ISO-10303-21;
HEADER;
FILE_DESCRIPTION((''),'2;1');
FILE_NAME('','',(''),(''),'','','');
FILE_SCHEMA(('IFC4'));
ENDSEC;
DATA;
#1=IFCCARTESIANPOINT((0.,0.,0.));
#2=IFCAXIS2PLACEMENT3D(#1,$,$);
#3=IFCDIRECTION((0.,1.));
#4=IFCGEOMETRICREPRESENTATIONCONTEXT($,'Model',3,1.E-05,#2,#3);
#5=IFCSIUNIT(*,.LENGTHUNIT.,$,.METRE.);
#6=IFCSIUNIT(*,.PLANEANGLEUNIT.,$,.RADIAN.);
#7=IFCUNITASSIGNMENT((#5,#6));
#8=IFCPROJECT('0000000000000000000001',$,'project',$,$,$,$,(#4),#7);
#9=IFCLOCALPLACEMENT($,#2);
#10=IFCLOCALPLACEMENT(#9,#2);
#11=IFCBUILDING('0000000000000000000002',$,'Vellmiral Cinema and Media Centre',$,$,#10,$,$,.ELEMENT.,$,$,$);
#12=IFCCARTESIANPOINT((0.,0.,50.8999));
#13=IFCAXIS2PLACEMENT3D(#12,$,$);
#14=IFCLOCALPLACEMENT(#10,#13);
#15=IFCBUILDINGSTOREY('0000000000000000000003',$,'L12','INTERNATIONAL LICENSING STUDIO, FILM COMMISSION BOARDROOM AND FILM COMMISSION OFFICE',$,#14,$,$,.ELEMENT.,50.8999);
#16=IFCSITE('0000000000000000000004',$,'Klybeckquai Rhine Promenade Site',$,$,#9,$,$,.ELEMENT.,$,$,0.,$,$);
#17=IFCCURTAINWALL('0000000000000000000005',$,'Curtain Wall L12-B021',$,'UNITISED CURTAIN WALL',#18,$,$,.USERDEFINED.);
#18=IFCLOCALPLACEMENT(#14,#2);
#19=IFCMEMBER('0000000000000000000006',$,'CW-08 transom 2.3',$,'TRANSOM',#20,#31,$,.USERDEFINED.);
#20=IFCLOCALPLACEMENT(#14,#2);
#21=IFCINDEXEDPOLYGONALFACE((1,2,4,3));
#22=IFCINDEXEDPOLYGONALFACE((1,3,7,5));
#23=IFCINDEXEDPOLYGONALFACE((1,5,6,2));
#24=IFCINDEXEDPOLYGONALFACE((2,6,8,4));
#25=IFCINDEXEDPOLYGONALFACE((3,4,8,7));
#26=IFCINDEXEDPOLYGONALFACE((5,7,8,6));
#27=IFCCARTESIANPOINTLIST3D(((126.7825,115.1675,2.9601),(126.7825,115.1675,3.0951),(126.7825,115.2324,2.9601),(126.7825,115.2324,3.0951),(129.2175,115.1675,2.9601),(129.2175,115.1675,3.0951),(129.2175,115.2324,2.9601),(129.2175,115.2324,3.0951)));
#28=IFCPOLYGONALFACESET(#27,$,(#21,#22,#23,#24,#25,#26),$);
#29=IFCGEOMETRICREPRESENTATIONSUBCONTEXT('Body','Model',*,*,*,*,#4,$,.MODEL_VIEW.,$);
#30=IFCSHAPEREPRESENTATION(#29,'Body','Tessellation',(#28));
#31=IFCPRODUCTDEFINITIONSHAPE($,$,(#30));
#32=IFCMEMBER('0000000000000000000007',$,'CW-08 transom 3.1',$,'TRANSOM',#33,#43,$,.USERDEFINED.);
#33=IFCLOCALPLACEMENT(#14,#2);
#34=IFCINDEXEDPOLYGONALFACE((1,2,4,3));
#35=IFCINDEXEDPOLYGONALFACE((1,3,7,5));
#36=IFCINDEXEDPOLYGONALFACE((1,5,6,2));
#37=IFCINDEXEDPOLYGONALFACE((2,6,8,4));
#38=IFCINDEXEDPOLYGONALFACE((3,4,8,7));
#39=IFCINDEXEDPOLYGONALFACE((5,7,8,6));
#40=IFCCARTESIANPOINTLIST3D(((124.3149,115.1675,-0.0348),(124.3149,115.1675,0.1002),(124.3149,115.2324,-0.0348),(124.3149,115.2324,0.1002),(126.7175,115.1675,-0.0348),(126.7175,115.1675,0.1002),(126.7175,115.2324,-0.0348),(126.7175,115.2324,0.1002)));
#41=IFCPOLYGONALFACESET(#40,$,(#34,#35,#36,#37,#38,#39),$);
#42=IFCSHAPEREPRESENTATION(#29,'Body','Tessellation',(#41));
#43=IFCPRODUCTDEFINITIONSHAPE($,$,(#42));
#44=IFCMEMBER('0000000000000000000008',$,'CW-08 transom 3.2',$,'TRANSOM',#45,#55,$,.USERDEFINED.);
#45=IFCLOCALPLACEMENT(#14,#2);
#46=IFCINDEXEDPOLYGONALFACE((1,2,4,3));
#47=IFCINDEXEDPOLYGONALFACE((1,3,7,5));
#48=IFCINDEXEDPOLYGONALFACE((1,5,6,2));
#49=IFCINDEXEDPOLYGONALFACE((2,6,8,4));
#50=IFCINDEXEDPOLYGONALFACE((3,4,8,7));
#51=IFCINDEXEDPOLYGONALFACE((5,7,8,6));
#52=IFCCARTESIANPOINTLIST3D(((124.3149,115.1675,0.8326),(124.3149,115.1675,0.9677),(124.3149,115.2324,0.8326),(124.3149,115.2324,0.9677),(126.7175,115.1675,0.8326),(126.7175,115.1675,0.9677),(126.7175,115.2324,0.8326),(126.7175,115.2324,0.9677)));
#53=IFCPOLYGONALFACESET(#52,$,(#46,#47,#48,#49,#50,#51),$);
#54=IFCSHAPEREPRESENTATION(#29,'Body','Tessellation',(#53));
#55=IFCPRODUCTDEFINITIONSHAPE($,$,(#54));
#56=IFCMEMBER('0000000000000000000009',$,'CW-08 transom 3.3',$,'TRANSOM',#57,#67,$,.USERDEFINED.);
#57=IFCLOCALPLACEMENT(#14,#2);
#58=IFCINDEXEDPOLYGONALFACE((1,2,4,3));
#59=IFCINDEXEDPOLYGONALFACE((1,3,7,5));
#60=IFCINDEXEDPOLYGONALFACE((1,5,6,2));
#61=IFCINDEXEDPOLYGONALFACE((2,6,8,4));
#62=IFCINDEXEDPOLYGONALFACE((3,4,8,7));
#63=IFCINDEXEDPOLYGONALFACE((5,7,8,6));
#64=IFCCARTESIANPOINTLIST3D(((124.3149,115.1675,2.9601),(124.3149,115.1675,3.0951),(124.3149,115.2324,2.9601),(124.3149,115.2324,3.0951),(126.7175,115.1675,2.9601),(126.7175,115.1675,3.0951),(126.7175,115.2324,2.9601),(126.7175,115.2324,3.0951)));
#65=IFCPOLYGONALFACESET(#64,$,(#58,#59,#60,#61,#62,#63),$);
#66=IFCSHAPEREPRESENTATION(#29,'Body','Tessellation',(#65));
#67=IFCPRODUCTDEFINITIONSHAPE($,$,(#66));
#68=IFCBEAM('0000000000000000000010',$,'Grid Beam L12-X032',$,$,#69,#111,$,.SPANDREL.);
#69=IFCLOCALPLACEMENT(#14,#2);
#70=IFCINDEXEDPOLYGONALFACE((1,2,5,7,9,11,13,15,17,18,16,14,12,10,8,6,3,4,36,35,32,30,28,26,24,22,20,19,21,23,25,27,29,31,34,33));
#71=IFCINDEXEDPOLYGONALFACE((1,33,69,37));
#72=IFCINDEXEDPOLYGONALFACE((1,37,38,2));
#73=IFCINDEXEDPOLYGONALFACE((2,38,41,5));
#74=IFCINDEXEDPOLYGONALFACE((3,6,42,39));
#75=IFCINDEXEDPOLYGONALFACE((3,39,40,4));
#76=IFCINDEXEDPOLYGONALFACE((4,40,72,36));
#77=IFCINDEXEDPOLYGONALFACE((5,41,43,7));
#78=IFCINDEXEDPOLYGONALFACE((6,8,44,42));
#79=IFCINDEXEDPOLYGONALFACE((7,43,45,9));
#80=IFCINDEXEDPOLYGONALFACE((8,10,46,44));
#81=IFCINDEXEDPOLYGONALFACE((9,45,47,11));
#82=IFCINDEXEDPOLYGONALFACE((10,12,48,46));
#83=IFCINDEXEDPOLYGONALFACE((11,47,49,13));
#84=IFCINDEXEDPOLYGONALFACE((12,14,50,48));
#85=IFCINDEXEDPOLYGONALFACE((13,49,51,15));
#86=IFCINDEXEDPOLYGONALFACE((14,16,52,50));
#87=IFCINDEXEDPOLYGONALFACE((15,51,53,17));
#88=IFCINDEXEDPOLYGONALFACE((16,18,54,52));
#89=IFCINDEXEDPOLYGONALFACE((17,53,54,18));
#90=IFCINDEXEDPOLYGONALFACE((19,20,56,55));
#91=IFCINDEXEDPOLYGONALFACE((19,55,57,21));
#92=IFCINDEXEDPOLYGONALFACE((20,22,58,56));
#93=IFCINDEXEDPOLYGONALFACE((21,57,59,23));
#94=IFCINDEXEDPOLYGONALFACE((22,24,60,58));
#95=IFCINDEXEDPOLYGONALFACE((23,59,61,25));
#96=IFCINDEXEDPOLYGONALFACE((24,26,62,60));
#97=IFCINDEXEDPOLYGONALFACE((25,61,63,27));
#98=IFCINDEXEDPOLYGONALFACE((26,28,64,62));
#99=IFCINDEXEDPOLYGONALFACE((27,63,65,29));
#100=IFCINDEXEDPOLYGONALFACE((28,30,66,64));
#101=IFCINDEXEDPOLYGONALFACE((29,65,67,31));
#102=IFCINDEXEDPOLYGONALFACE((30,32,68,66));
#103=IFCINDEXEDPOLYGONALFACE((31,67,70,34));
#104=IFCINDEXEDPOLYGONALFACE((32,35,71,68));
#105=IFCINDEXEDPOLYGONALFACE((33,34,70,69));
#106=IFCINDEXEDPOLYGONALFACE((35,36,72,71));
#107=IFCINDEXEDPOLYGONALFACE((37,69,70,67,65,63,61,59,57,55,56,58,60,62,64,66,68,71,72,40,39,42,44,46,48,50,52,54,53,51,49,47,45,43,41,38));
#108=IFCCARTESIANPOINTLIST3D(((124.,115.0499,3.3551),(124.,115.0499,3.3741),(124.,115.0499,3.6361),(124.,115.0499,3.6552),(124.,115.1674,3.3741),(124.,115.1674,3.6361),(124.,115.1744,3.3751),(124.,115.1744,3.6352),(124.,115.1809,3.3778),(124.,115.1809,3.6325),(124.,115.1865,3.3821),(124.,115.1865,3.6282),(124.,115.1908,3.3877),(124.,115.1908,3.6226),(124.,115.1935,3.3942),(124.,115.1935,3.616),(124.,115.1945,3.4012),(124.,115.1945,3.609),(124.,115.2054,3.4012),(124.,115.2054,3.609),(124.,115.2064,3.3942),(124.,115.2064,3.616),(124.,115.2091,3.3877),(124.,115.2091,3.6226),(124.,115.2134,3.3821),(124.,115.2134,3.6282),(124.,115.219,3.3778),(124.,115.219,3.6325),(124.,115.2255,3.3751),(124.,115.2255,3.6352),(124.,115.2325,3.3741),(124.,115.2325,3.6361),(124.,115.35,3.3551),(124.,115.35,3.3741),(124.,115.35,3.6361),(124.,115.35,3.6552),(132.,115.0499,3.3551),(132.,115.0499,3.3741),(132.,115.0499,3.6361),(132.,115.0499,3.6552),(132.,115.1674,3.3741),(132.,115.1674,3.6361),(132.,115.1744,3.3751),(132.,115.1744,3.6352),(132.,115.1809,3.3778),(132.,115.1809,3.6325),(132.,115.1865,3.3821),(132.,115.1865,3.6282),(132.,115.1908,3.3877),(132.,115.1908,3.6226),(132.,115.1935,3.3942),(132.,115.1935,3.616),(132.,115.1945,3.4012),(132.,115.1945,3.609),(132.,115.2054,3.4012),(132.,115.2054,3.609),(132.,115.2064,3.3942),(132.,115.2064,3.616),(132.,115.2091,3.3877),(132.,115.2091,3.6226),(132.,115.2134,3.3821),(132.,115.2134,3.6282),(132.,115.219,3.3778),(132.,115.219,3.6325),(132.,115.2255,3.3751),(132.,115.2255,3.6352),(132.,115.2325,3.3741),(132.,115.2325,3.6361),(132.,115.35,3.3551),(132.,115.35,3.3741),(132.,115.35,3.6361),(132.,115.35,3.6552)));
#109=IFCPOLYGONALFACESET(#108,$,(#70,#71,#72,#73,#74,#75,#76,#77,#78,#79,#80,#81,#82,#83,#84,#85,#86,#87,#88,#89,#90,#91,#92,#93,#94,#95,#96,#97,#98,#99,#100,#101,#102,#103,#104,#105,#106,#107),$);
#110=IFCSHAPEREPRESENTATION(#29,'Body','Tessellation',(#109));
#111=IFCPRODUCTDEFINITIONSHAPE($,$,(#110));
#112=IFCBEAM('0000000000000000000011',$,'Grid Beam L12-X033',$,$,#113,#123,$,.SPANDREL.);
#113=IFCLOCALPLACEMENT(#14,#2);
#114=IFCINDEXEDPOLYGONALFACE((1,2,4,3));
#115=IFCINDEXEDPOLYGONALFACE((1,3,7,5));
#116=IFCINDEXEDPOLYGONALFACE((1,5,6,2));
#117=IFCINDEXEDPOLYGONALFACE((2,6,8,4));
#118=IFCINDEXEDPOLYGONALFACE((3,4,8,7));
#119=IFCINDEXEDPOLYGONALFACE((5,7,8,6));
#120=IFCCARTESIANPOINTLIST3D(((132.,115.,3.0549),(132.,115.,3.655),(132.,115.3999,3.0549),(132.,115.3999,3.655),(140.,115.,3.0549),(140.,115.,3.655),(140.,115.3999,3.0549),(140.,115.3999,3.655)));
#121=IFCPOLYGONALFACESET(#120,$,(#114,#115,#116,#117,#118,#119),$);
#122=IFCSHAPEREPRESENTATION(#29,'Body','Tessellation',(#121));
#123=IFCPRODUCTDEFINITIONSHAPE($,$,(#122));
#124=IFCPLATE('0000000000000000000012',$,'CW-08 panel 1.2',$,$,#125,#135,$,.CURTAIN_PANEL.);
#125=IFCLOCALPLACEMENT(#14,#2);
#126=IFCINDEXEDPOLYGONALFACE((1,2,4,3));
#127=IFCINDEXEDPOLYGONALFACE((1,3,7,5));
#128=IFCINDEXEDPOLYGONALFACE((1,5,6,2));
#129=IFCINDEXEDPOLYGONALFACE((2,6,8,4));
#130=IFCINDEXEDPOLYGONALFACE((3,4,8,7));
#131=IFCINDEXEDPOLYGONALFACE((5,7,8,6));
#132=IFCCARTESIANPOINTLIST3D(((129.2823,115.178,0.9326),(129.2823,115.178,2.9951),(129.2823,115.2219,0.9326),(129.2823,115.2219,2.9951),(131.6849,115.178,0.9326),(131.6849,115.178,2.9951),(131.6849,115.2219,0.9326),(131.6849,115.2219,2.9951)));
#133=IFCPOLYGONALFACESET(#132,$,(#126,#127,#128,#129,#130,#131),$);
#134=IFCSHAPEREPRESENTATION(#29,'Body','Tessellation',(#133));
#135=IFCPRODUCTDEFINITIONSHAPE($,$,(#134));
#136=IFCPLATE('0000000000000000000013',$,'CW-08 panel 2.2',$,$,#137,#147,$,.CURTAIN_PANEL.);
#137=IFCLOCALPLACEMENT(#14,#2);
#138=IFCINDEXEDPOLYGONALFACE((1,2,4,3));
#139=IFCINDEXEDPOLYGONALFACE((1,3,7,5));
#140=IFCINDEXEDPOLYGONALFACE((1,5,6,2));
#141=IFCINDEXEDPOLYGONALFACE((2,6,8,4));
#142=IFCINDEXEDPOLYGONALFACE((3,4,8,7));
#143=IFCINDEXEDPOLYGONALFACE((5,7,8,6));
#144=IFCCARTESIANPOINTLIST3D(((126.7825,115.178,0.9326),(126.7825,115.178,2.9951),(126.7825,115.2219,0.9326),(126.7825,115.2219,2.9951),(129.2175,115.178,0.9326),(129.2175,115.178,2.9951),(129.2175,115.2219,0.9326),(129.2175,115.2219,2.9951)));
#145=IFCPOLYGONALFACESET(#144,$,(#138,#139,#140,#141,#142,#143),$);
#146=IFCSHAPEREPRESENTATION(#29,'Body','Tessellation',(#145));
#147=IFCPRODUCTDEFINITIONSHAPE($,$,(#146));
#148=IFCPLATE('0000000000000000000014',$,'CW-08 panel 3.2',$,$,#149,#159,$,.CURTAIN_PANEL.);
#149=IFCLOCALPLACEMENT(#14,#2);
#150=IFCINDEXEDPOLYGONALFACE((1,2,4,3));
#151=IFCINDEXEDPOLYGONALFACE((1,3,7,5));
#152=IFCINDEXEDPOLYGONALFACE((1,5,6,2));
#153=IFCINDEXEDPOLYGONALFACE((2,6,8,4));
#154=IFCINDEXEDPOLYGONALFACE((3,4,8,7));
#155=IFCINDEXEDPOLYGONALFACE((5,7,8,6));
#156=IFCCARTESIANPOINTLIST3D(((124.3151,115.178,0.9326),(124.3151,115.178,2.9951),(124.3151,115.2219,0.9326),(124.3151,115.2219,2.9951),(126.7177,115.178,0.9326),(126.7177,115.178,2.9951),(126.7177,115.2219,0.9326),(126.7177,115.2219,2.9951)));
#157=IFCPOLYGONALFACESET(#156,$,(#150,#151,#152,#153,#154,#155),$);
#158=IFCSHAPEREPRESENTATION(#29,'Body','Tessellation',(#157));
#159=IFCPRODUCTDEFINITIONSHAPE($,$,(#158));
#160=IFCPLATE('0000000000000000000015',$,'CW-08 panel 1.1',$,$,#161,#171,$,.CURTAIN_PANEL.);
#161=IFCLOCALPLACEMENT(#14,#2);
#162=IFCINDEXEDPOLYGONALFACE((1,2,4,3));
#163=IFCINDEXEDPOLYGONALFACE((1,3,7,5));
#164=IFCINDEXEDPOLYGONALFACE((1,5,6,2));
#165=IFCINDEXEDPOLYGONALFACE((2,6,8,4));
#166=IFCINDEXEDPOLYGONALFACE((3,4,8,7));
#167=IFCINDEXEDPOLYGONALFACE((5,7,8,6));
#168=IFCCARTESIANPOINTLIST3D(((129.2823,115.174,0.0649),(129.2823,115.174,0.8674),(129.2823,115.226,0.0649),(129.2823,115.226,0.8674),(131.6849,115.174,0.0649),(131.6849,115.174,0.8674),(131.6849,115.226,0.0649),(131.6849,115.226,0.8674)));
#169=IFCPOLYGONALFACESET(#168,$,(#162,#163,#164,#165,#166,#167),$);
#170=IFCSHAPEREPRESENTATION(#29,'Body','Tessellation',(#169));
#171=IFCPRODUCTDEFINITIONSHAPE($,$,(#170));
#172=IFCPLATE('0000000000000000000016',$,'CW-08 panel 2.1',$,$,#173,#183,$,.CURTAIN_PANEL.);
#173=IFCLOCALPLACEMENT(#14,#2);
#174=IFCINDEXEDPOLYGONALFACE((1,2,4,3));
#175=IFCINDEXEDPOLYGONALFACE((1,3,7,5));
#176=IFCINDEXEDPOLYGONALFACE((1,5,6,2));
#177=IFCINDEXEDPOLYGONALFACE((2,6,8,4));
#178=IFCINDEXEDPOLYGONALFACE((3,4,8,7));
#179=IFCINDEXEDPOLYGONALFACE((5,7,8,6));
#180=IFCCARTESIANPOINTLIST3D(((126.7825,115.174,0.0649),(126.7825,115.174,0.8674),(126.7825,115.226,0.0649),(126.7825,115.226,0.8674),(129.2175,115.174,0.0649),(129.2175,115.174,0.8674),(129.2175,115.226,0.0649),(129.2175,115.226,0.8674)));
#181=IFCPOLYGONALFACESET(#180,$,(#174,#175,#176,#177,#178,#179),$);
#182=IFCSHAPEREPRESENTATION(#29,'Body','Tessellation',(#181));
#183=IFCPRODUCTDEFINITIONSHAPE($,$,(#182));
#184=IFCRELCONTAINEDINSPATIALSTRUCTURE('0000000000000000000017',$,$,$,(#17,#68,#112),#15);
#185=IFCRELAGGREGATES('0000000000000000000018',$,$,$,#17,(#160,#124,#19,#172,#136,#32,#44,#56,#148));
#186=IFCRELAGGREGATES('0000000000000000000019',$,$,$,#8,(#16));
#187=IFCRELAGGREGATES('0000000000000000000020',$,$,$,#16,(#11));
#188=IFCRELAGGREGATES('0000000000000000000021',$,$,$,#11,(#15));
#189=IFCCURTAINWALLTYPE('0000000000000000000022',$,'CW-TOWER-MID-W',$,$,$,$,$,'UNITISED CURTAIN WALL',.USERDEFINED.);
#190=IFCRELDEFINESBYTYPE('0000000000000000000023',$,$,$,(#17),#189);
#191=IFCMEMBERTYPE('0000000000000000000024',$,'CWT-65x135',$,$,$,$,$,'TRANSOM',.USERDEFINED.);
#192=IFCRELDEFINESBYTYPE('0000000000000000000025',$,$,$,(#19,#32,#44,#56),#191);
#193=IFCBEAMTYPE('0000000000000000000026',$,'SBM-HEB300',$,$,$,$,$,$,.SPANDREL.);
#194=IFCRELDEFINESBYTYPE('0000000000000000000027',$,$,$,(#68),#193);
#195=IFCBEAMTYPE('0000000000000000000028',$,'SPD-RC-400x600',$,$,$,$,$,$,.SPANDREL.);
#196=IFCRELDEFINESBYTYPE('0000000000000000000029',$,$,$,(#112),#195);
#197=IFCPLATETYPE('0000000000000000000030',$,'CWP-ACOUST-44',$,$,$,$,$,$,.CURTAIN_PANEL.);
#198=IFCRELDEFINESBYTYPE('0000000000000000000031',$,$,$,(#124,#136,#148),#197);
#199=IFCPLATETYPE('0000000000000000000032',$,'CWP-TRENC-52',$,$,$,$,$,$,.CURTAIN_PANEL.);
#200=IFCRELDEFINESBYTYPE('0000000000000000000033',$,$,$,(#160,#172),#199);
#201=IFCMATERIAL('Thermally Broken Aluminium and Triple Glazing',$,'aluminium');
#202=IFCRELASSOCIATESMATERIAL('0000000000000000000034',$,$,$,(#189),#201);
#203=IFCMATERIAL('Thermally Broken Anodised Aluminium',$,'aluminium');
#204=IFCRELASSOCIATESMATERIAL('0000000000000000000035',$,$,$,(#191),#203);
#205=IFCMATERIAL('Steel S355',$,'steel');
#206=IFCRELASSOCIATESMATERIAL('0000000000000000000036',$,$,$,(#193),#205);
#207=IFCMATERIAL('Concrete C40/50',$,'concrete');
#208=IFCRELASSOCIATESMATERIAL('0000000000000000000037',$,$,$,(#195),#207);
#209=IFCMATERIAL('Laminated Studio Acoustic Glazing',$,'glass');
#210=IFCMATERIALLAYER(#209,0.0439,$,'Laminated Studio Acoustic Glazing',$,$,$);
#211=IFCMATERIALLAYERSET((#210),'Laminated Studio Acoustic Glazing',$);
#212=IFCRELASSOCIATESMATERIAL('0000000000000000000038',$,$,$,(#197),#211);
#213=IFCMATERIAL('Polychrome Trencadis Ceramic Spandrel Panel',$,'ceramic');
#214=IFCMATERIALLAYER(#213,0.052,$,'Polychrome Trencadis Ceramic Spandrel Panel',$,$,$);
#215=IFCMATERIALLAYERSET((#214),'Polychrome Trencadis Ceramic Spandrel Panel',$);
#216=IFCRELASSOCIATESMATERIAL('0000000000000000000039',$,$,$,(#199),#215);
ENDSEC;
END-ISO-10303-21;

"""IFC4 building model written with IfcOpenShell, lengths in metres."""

from ifc_helpers import new_model, si_unit, direction, frame, origin, origin_2d, place, context, subcontext, project, spatial, rectangle, i_section, extrude, material, layer, layer_set, material_profile, profile_set, type_object, element, aggregate, save


model = new_model("IFC4")

# Units and contexts
model_context = context("Model", 3, precision=1e-05, world=origin(), true_north=direction((0.0, 1.0)))
body_context = subcontext(model_context, "Body", "Model", "MODEL_VIEW")
ifc_project = project(units=[si_unit("LENGTHUNIT", "METRE"), si_unit("PLANEANGLEUNIT", "RADIAN")], contexts=[model_context])

# Site, building, storey
site_placement = place(None, origin())
site = spatial("IfcSite", under=ifc_project, at=site_placement, Name="Klybeckquai Rhine Promenade Site", CompositionType="ELEMENT", RefElevation=0.0)
building_placement = place(site_placement, origin())
building = spatial("IfcBuilding", under=site, at=building_placement, Name="Vellmiral Cinema and Media Centre", CompositionType="ELEMENT")
storey_placement = place(building_placement, frame((0.0, 0.0, 50.8999)))
storey = spatial("IfcBuildingStorey", under=building, at=storey_placement, Name="L12", Description="INTERNATIONAL LICENSING STUDIO, FILM COMMISSION BOARDROOM AND FILM COMMISSION OFFICE", CompositionType="ELEMENT", Elevation=50.8999)

# Curtain wall, members
ifc_material_1 = material(Name="Thermally Broken Aluminium and Triple Glazing", Category="aluminium")
curtain_wall_type = type_object("IfcCurtainWallType", Name="CW-TOWER-MID-W", ElementType="UNITISED CURTAIN WALL", PredefinedType="USERDEFINED", material=ifc_material_1)
curtain_wall_placement = place(storey_placement, origin())
curtain_wall = element("IfcCurtainWall", 1, at=curtain_wall_placement, inside=storey, type_object=curtain_wall_type, Name="Curtain Wall L12-B021", ObjectType="UNITISED CURTAIN WALL", PredefinedType="USERDEFINED")
ifc_material_2 = material(Name="Thermally Broken Anodised Aluminium", Category="aluminium")
ifc_material_profile_1 = material_profile(ifc_material_2, rectangle(XDim=0.0649, YDim=0.135, at=origin_2d()), Name="MULL 65x135")
ifc_profile_set_1 = profile_set([ifc_material_profile_1], Name="Thermally Broken Anodised Aluminium")
member_type_1 = type_object("IfcMemberType", Name="CWT-65x135", ElementType="TRANSOM", PredefinedType="USERDEFINED", material=ifc_profile_set_1)
member_1_placement = place(storey_placement, frame((129.2175, 115.2, 3.0276), z_axis=(-1.0, 0.0, 0.0), x_axis=(0.0, -1.0, 0.0)))
member_1 = element("IfcMember", 2, at=member_1_placement, type_object=member_type_1, Name="CW-08 transom 2.3", ObjectType="TRANSOM", PredefinedType="USERDEFINED", context=body_context, shape_type="SweptSolid", body=[
    extrude(rectangle(XDim=0.0649, YDim=0.135, at=origin_2d()), origin(), (0.0, 0.0, 1.0), 2.4351),
])
member_2_placement = place(storey_placement, frame((126.7175, 115.2, 0.0327), z_axis=(-1.0, 0.0, 0.0), x_axis=(0.0, -1.0, 0.0)))
member_2 = element("IfcMember", 3, at=member_2_placement, type_object=member_type_1, Name="CW-08 transom 3.1", ObjectType="TRANSOM", PredefinedType="USERDEFINED", context=body_context, shape_type="SweptSolid", body=[
    extrude(rectangle(XDim=0.0649, YDim=0.135, at=origin_2d()), origin(), (0.0, 0.0, 1.0), 2.4026),
])
member_3_placement = place(storey_placement, frame((126.7175, 115.2, 0.9001), z_axis=(-1.0, 0.0, 0.0), x_axis=(0.0, -1.0, 0.0)))
member_3 = element("IfcMember", 4, at=member_3_placement, type_object=member_type_1, Name="CW-08 transom 3.2", ObjectType="TRANSOM", PredefinedType="USERDEFINED", context=body_context, shape_type="SweptSolid", body=[
    extrude(rectangle(XDim=0.0649, YDim=0.135, at=origin_2d()), origin(), (0.0, 0.0, 1.0), 2.4026),
])
member_4_placement = place(storey_placement, frame((126.7175, 115.2, 3.0276), z_axis=(-1.0, 0.0, 0.0), x_axis=(0.0, -1.0, 0.0)))
member_4 = element("IfcMember", 5, at=member_4_placement, type_object=member_type_1, Name="CW-08 transom 3.3", ObjectType="TRANSOM", PredefinedType="USERDEFINED", context=body_context, shape_type="SweptSolid", body=[
    extrude(rectangle(XDim=0.0649, YDim=0.135, at=origin_2d()), origin(), (0.0, 0.0, 1.0), 2.4026),
])

# Beams
ifc_material_3 = material(Name="Steel S355", Category="steel")
ifc_material_profile_2 = material_profile(ifc_material_3, i_section(OverallWidth=0.3, OverallDepth=0.3, WebThickness=0.011, FlangeThickness=0.019, FilletRadius=0.0271, at=origin_2d()), Name="HEB 300")
ifc_profile_set_2 = profile_set([ifc_material_profile_2], Name="Steel S355")
beam_type_1 = type_object("IfcBeamType", Name="SBM-HEB300", PredefinedType="SPANDREL", material=ifc_profile_set_2)
beam_1_placement = place(storey_placement, frame((124.0, 115.2, 3.5051), z_axis=(1.0, 0.0, 0.0), x_axis=(0.0, 1.0, 0.0)))
element("IfcBeam", 6, at=beam_1_placement, inside=storey, type_object=beam_type_1, Name="Grid Beam L12-X032", PredefinedType="SPANDREL", context=body_context, shape_type="SweptSolid", body=[
    extrude(i_section(OverallWidth=0.3, OverallDepth=0.3, WebThickness=0.011, FlangeThickness=0.019, FilletRadius=0.0271, at=origin_2d()), origin(), (0.0, 0.0, 1.0), 8.0),
])
ifc_material_4 = material(Name="Concrete C40/50", Category="concrete")
ifc_material_profile_3 = material_profile(ifc_material_4, rectangle(XDim=0.3999, YDim=0.6001, at=origin_2d()), Name="RC 400x600")
ifc_profile_set_3 = profile_set([ifc_material_profile_3], Name="Concrete C40/50")
beam_type_2 = type_object("IfcBeamType", Name="SPD-RC-400x600", PredefinedType="SPANDREL", material=ifc_profile_set_3)
beam_2_placement = place(storey_placement, frame((132.0, 115.2, 3.355), z_axis=(1.0, 0.0, 0.0), x_axis=(0.0, 1.0, 0.0)))
element("IfcBeam", 7, at=beam_2_placement, inside=storey, type_object=beam_type_2, Name="Grid Beam L12-X033", PredefinedType="SPANDREL", context=body_context, shape_type="SweptSolid", body=[
    extrude(rectangle(XDim=0.3999, YDim=0.6001, at=origin_2d()), origin(), (0.0, 0.0, 1.0), 8.0),
])

# Plates
ifc_material_5 = material(Name="Laminated Studio Acoustic Glazing", Category="glass")
ifc_layer_1 = layer(ifc_material_5, 0.0439, Name="Laminated Studio Acoustic Glazing")
ifc_layer_set_1 = layer_set([ifc_layer_1], Name="Laminated Studio Acoustic Glazing")
plate_type_1 = type_object("IfcPlateType", Name="CWP-ACOUST-44", PredefinedType="CURTAIN_PANEL", material=ifc_layer_set_1)
plate_1_placement = place(storey_placement, frame((130.4836, 115.2, 0.9326), z_axis=(0.0, 0.0, 1.0), x_axis=(-1.0, 0.0, 0.0)))
plate_1 = element("IfcPlate", 8, at=plate_1_placement, type_object=plate_type_1, Name="CW-08 panel 1.2", PredefinedType="CURTAIN_PANEL", context=body_context, shape_type="SweptSolid", body=[
    extrude(rectangle(XDim=2.4026, YDim=0.0439, at=origin_2d()), origin(), (0.0, 0.0, 1.0), 2.0625),
])
plate_2_placement = place(storey_placement, frame((128.0, 115.2, 0.9326), z_axis=(0.0, 0.0, 1.0), x_axis=(-1.0, 0.0, 0.0)))
plate_2 = element("IfcPlate", 9, at=plate_2_placement, type_object=plate_type_1, Name="CW-08 panel 2.2", PredefinedType="CURTAIN_PANEL", context=body_context, shape_type="SweptSolid", body=[
    extrude(rectangle(XDim=2.4351, YDim=0.0439, at=origin_2d()), origin(), (0.0, 0.0, 1.0), 2.0625),
])
plate_3_placement = place(storey_placement, frame((125.5164, 115.2, 0.9326), z_axis=(0.0, 0.0, 1.0), x_axis=(-1.0, 0.0, 0.0)))
plate_3 = element("IfcPlate", 10, at=plate_3_placement, type_object=plate_type_1, Name="CW-08 panel 3.2", PredefinedType="CURTAIN_PANEL", context=body_context, shape_type="SweptSolid", body=[
    extrude(rectangle(XDim=2.4026, YDim=0.0439, at=origin_2d()), origin(), (0.0, 0.0, 1.0), 2.0625),
])
ifc_material_6 = material(Name="Polychrome Trencadis Ceramic Spandrel Panel", Category="ceramic")
ifc_layer_2 = layer(ifc_material_6, 0.052, Name="Polychrome Trencadis Ceramic Spandrel Panel")
ifc_layer_set_2 = layer_set([ifc_layer_2], Name="Polychrome Trencadis Ceramic Spandrel Panel")
plate_type_2 = type_object("IfcPlateType", Name="CWP-TRENC-52", PredefinedType="CURTAIN_PANEL", material=ifc_layer_set_2)
plate_4_placement = place(storey_placement, frame((130.4836, 115.2, 0.0649), z_axis=(0.0, 0.0, 1.0), x_axis=(-1.0, 0.0, 0.0)))
plate_4 = element("IfcPlate", 11, at=plate_4_placement, type_object=plate_type_2, Name="CW-08 panel 1.1", PredefinedType="CURTAIN_PANEL", context=body_context, shape_type="SweptSolid", body=[
    extrude(rectangle(XDim=2.4026, YDim=0.052, at=origin_2d()), origin(), (0.0, 0.0, 1.0), 0.8025),
])
plate_5_placement = place(storey_placement, frame((128.0, 115.2, 0.0649), z_axis=(0.0, 0.0, 1.0), x_axis=(-1.0, 0.0, 0.0)))
plate_5 = element("IfcPlate", 12, at=plate_5_placement, type_object=plate_type_2, Name="CW-08 panel 2.1", PredefinedType="CURTAIN_PANEL", context=body_context, shape_type="SweptSolid", body=[
    extrude(rectangle(XDim=2.4351, YDim=0.052, at=origin_2d()), origin(), (0.0, 0.0, 1.0), 0.8025),
])
aggregate(curtain_wall, [plate_4, plate_1, member_1, plate_5, plate_2, member_2, member_3, member_4, plate_3])

save(model, "model.ifc")
